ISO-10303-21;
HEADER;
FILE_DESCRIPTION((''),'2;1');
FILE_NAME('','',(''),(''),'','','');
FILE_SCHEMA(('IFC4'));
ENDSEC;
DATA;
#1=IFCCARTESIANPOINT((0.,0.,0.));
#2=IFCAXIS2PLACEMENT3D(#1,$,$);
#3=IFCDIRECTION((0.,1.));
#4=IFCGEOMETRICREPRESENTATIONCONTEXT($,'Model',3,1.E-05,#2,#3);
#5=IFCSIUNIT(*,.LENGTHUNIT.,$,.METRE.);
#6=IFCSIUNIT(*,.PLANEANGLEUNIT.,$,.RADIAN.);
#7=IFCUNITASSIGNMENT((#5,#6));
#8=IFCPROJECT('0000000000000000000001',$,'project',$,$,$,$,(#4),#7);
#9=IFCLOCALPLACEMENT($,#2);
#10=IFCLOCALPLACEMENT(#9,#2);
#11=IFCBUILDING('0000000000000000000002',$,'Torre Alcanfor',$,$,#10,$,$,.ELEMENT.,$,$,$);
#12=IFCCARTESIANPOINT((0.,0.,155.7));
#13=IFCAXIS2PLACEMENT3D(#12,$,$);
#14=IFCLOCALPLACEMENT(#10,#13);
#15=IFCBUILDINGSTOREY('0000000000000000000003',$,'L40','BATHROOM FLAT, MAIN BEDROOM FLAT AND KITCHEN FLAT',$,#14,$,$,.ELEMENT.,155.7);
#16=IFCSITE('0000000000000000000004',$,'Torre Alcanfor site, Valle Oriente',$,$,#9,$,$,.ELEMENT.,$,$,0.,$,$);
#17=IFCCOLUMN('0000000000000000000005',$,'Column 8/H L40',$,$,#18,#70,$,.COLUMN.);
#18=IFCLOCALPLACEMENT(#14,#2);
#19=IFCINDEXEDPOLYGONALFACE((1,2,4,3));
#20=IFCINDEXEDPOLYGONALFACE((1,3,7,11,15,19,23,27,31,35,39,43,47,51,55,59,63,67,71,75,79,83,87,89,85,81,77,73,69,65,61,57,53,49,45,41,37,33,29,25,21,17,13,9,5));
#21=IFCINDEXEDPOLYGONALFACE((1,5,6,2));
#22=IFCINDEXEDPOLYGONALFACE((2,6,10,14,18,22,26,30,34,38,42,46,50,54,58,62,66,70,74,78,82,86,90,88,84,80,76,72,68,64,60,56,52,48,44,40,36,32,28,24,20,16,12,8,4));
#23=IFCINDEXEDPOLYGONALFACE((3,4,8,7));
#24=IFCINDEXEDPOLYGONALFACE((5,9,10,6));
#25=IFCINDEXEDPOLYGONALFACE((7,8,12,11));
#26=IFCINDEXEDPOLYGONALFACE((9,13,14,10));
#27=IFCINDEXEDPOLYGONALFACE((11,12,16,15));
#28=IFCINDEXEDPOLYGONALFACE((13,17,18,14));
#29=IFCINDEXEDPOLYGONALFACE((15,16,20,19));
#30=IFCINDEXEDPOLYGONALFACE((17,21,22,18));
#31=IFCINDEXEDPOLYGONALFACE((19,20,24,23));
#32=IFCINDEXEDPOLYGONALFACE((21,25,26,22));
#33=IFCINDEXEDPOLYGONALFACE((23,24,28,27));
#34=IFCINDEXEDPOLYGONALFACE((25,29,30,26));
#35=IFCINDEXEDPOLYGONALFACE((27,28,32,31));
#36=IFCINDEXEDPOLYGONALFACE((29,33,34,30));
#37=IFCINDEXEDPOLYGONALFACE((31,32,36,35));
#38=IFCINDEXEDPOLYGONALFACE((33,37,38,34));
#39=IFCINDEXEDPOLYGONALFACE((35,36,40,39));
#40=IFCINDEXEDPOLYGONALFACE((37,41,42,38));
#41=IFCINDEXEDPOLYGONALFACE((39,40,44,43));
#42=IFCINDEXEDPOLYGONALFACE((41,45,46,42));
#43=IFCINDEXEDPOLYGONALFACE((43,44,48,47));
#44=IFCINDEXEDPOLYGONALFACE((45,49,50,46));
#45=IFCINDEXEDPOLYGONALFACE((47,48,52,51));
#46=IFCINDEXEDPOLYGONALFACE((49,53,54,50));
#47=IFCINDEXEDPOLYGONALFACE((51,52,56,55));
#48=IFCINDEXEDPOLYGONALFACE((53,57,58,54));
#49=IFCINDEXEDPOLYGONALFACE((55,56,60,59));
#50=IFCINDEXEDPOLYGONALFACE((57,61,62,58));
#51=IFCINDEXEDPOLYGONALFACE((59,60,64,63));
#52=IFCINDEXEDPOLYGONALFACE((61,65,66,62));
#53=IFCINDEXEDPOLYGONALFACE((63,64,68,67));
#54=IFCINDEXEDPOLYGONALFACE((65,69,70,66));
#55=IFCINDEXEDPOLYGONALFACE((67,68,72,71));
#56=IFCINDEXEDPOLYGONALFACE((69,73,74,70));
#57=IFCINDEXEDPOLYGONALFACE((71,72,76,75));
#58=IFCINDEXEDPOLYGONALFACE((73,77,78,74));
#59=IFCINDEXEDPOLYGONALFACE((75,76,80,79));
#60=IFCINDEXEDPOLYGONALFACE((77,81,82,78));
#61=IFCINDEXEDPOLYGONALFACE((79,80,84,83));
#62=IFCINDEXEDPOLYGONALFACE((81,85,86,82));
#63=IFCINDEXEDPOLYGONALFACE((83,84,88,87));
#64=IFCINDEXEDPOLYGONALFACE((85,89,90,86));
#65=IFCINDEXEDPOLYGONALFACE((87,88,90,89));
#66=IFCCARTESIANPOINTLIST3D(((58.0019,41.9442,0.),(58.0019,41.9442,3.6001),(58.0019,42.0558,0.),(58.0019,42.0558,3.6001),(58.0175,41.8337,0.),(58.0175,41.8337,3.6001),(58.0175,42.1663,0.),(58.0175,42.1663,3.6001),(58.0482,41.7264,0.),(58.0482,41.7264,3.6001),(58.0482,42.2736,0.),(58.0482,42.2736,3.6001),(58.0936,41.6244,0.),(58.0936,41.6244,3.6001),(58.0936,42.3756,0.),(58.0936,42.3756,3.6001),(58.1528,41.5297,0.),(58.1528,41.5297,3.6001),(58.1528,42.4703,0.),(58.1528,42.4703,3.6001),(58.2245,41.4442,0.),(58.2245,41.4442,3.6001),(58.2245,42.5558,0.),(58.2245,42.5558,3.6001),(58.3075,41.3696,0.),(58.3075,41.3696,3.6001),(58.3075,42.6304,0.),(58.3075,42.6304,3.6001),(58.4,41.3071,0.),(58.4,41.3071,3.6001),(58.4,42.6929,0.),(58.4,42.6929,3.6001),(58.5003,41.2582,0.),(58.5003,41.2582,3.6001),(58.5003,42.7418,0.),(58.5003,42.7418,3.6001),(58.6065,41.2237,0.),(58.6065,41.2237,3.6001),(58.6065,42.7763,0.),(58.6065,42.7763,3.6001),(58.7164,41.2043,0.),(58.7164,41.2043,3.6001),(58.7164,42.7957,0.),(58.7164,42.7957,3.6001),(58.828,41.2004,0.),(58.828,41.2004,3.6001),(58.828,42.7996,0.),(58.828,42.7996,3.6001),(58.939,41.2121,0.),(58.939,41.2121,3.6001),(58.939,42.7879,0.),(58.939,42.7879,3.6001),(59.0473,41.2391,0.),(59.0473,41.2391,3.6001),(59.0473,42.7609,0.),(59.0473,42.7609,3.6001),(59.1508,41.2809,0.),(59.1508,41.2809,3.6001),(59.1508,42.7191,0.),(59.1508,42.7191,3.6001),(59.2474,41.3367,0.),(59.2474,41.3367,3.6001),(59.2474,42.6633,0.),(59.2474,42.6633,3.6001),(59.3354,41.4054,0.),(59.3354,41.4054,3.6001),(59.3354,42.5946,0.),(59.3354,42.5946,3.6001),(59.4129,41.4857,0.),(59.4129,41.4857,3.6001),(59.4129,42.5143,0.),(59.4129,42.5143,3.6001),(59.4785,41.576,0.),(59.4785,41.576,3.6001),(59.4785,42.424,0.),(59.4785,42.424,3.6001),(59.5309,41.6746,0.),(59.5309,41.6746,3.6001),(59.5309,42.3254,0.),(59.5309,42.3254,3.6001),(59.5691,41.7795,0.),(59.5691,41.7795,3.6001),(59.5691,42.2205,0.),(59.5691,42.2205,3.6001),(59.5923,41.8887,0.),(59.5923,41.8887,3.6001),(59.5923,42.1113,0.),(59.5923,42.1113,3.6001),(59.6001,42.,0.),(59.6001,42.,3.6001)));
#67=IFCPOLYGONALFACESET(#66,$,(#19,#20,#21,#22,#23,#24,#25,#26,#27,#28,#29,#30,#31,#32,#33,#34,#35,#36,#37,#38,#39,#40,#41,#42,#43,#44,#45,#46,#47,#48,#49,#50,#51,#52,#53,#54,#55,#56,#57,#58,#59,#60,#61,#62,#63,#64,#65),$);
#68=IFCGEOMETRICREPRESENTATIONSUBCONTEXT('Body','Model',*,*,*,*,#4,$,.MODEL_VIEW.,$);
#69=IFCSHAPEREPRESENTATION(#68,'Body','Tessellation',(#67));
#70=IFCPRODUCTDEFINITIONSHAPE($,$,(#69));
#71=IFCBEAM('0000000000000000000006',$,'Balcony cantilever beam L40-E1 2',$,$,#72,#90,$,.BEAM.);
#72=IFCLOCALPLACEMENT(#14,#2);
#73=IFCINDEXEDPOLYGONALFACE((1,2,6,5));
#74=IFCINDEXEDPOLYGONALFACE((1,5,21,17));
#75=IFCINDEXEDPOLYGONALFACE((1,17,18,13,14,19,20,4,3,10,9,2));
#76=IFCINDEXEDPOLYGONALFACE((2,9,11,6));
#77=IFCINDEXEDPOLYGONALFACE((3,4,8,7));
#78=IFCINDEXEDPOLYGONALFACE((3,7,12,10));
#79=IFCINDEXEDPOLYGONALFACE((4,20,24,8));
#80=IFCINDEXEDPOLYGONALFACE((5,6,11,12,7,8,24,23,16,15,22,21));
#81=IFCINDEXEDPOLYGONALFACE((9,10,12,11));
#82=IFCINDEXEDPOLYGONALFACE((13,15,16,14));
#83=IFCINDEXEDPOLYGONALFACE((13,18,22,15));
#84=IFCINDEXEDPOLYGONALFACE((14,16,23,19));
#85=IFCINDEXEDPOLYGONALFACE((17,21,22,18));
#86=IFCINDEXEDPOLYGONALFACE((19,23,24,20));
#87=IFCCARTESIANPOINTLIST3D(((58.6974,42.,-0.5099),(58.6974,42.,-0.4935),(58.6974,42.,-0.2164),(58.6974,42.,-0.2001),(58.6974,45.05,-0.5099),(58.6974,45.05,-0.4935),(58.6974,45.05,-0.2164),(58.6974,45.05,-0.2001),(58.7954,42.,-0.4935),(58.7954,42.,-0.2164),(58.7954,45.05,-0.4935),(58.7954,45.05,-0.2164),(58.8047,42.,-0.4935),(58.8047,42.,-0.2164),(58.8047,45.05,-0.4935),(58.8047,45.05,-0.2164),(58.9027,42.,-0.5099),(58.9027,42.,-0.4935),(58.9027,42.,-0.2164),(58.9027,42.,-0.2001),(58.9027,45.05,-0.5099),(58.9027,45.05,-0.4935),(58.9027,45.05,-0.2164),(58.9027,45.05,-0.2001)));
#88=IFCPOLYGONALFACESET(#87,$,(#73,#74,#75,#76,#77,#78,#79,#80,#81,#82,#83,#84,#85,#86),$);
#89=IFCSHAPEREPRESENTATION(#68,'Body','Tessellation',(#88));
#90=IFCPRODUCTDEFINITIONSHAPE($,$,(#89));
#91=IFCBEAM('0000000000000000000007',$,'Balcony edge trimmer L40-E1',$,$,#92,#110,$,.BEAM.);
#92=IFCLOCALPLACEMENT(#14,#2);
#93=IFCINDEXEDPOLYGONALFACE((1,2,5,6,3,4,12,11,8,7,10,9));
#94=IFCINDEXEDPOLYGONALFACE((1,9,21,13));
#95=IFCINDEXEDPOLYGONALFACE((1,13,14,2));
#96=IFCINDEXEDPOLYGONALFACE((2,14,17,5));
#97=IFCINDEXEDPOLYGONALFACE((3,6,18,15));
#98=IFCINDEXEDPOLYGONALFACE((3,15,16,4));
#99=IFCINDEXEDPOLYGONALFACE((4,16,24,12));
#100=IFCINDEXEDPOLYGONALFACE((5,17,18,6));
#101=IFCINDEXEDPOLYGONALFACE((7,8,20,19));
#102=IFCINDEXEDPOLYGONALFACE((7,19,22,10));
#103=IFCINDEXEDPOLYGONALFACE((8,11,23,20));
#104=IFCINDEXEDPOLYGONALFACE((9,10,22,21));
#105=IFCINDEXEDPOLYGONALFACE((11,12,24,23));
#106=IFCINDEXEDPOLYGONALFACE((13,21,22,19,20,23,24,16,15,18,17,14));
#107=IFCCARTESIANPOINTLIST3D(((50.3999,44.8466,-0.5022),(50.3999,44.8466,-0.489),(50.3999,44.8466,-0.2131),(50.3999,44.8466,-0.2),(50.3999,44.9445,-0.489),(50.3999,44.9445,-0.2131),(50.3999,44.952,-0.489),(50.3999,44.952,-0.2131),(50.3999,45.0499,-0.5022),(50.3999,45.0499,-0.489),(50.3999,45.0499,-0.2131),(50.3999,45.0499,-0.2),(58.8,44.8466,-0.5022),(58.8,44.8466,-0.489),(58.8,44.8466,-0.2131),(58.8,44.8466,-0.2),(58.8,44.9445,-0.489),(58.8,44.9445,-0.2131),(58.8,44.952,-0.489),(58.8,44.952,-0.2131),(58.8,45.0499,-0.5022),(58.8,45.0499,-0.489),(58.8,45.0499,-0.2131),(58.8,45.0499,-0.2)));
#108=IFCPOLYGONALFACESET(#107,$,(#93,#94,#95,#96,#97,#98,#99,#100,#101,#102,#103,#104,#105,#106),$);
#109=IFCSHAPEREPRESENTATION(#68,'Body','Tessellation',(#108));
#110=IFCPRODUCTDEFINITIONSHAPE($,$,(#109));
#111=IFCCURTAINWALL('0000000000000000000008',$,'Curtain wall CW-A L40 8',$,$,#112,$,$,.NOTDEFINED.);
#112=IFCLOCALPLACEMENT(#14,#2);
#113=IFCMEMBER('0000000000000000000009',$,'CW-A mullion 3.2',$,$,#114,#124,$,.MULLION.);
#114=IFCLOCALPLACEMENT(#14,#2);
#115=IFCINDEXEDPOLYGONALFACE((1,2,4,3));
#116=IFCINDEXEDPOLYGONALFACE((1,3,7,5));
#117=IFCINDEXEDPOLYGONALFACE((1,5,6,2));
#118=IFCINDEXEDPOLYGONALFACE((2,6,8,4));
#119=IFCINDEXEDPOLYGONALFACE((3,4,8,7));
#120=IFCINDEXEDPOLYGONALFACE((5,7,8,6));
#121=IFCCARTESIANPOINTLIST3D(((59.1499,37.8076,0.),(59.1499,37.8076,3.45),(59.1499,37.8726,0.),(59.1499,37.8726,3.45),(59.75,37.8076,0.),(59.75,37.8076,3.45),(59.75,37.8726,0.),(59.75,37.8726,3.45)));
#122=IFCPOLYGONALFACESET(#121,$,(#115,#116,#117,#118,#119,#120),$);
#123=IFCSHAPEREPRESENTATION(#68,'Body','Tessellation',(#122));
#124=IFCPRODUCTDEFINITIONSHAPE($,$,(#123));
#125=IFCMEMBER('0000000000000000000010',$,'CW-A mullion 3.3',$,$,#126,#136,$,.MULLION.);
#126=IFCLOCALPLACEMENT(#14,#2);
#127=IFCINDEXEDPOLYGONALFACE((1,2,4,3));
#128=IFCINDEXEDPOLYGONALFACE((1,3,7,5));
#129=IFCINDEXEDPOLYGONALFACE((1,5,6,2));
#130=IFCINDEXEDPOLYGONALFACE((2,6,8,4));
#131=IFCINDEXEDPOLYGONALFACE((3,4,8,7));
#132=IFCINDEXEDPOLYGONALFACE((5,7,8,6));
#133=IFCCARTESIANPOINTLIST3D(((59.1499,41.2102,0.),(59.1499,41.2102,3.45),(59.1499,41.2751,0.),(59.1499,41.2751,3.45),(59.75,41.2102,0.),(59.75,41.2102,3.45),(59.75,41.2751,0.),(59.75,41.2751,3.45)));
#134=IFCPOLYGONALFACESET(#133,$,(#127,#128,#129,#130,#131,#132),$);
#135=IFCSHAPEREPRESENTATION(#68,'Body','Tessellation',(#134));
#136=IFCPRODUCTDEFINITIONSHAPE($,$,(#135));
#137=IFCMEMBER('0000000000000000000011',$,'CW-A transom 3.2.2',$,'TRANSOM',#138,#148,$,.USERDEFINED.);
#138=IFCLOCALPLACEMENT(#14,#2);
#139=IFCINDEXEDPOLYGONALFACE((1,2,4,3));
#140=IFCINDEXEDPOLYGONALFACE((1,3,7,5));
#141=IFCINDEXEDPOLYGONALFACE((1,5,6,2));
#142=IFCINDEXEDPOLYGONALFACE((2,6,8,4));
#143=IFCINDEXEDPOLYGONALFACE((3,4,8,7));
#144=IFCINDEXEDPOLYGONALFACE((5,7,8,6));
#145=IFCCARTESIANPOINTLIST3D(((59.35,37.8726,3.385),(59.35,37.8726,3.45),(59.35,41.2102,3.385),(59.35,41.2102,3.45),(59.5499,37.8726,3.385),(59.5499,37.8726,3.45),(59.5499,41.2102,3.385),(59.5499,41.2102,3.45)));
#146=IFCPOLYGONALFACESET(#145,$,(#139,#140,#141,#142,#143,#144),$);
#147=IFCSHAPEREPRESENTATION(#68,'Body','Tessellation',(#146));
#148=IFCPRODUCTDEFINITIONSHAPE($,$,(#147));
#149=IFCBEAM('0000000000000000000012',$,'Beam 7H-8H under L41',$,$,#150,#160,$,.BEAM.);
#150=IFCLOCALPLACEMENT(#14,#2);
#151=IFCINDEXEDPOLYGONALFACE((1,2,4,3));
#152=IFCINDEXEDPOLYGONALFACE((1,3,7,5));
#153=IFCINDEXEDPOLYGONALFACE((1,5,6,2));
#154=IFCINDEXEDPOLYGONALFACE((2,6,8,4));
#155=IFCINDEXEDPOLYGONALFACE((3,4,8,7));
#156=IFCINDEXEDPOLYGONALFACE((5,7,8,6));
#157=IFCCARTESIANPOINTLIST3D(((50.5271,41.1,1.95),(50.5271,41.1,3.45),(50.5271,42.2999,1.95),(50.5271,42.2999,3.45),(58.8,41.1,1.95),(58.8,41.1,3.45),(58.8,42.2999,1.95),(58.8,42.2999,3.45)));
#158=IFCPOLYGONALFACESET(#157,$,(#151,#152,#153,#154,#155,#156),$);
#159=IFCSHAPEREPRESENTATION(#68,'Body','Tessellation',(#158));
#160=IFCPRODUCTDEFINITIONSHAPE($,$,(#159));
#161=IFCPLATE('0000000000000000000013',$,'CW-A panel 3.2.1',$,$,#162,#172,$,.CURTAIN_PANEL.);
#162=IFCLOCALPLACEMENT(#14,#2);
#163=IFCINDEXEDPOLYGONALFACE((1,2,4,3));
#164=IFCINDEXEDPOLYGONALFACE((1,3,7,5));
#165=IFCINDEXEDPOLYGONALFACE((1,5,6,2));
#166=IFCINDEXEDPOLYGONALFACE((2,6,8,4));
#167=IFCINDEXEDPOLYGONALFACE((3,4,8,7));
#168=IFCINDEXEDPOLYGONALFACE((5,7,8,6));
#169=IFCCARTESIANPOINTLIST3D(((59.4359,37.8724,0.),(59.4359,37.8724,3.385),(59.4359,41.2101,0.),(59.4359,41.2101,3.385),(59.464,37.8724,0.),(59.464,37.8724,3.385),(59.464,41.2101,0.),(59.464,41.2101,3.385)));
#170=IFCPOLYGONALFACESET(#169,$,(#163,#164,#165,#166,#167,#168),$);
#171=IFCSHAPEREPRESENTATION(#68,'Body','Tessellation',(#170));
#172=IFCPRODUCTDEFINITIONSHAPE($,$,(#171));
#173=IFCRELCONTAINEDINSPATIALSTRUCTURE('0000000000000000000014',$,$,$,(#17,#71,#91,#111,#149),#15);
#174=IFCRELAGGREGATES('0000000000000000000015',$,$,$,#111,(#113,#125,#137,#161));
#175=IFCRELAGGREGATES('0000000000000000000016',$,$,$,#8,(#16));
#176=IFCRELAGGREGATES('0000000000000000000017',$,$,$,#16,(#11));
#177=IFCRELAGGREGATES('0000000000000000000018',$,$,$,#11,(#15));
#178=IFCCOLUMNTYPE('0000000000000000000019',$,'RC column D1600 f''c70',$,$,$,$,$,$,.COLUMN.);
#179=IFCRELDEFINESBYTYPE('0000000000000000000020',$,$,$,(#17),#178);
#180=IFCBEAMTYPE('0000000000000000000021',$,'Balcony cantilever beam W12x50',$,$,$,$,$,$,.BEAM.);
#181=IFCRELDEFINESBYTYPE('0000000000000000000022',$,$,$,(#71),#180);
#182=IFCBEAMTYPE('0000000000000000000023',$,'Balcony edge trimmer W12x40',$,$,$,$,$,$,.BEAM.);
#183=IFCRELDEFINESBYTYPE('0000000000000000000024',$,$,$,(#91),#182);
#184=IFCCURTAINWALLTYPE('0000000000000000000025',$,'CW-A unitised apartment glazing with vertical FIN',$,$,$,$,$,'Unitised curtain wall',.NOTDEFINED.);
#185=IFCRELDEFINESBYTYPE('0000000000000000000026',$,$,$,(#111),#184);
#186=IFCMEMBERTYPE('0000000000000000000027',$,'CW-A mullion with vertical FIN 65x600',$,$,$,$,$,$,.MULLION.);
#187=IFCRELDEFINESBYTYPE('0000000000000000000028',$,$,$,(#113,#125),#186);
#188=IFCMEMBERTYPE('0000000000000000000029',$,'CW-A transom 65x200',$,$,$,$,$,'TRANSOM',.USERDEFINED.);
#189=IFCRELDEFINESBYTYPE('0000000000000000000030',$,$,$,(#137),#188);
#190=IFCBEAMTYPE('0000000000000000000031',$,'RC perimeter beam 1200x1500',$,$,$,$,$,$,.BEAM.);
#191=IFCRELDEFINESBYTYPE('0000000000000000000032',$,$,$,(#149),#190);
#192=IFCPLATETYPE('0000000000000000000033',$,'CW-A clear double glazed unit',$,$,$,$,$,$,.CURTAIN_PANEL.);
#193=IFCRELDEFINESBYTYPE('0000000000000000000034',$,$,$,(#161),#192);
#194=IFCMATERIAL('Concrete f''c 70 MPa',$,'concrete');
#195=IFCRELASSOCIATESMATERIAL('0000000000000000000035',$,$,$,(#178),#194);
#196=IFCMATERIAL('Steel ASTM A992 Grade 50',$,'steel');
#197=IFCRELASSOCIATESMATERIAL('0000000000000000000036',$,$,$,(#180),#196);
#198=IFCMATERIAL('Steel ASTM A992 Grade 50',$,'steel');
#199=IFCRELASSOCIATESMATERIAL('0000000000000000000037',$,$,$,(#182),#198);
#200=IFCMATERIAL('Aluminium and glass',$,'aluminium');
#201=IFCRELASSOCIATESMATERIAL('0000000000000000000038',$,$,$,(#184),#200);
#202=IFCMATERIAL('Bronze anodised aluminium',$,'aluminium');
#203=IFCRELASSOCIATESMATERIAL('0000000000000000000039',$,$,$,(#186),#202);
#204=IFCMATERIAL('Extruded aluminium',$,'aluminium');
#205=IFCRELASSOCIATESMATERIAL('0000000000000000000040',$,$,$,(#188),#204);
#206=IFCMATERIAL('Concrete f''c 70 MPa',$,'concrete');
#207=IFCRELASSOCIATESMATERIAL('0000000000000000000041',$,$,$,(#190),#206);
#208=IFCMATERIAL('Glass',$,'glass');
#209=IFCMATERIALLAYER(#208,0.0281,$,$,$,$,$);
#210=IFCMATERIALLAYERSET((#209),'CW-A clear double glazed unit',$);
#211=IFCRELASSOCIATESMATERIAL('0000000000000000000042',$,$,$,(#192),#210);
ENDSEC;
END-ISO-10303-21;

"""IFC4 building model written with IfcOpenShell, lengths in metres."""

from ifc_helpers import new_model, si_unit, direction, frame, origin, origin_2d, place, context, subcontext, project, spatial, rectangle, circle, i_section, extrude, material, layer, layer_set, material_profile, profile_set, type_object, element, aggregate, save


model = new_model("IFC4")

# Units and contexts
model_context = context("Model", 3, precision=1e-05, world=origin(), true_north=direction((0.0, 1.0)))
body_context = subcontext(model_context, "Body", "Model", "MODEL_VIEW")
ifc_project = project(units=[si_unit("LENGTHUNIT", "METRE"), si_unit("PLANEANGLEUNIT", "RADIAN")], contexts=[model_context])

# Site, building, storey
site_placement = place(None, origin())
site = spatial("IfcSite", under=ifc_project, at=site_placement, Name="Torre Alcanfor site, Valle Oriente", CompositionType="ELEMENT", RefElevation=0.0)
building_placement = place(site_placement, origin())
building = spatial("IfcBuilding", under=site, at=building_placement, Name="Torre Alcanfor", CompositionType="ELEMENT")
storey_placement = place(building_placement, frame((0.0, 0.0, 155.7)))
storey = spatial("IfcBuildingStorey", under=building, at=storey_placement, Name="L40", Description="BATHROOM FLAT, MAIN BEDROOM FLAT AND KITCHEN FLAT", CompositionType="ELEMENT", Elevation=155.7)

# Column
ifc_material_1 = material(Name="Concrete f'c 70 MPa", Category="concrete")
ifc_material_profile_1 = material_profile(ifc_material_1, circle(Radius=0.8, at=origin_2d()), Name="D1600")
ifc_profile_set_1 = profile_set([ifc_material_profile_1], Name="Concrete f'c 70 MPa")
column_type = type_object("IfcColumnType", Name="RC column D1600 f'c70", PredefinedType="COLUMN", material=ifc_profile_set_1)
column_placement = place(storey_placement, frame((58.8, 42.0, 0.0), z_axis=(0.0, 0.0, 1.0), x_axis=(1.0, 0.0, 0.0)))
element("IfcColumn", 1, at=column_placement, inside=storey, type_object=column_type, Name="Column 8/H L40", PredefinedType="COLUMN", context=body_context, shape_type="SweptSolid", body=[
    extrude(circle(Radius=0.8, at=origin_2d()), origin(), (0.0, 0.0, 1.0), 3.6001),
])

# Beams
ifc_material_2 = material(Name="Steel ASTM A992 Grade 50", Category="steel")
ifc_material_profile_2 = material_profile(ifc_material_2, i_section(OverallWidth=0.2053, OverallDepth=0.3098, WebThickness=0.0093, FlangeThickness=0.0164, at=origin_2d()), Name="W12x50")
ifc_profile_set_2 = profile_set([ifc_material_profile_2], Name="Steel ASTM A992 Grade 50")
beam_type_1 = type_object("IfcBeamType", Name="Balcony cantilever beam W12x50", PredefinedType="BEAM", material=ifc_profile_set_2)
beam_1_placement = place(storey_placement, frame((58.8, 42.0, -0.355), z_axis=(0.0, 1.0, 0.0), x_axis=(-1.0, 0.0, 0.0)))
element("IfcBeam", 2, at=beam_1_placement, inside=storey, type_object=beam_type_1, Name="Balcony cantilever beam L40-E1 2", PredefinedType="BEAM", context=body_context, shape_type="SweptSolid", body=[
    extrude(i_section(OverallWidth=0.2053, OverallDepth=0.3098, WebThickness=0.0093, FlangeThickness=0.0164, at=origin_2d()), origin(), (0.0, 0.0, 1.0), 3.05),
])
ifc_material_3 = material(Name="Steel ASTM A992 Grade 50", Category="steel")
ifc_material_profile_3 = material_profile(ifc_material_3, i_section(OverallWidth=0.2034, OverallDepth=0.3022, WebThickness=0.0076, FlangeThickness=0.0132, at=origin_2d()), Name="W12x40")
ifc_profile_set_3 = profile_set([ifc_material_profile_3], Name="Steel ASTM A992 Grade 50")
beam_type_2 = type_object("IfcBeamType", Name="Balcony edge trimmer W12x40", PredefinedType="BEAM", material=ifc_profile_set_3)
beam_2_placement = place(storey_placement, frame((50.3999, 44.9482, -0.3511), z_axis=(1.0, 0.0, 0.0), x_axis=(0.0, 1.0, 0.0)))
element("IfcBeam", 3, at=beam_2_placement, inside=storey, type_object=beam_type_2, Name="Balcony edge trimmer L40-E1", PredefinedType="BEAM", context=body_context, shape_type="SweptSolid", body=[
    extrude(i_section(OverallWidth=0.2034, OverallDepth=0.3022, WebThickness=0.0076, FlangeThickness=0.0132, at=origin_2d()), origin(), (0.0, 0.0, 1.0), 8.4001),
])

# Curtain wall, members
ifc_material_4 = material(Name="Aluminium and glass", Category="aluminium")
curtain_wall_type = type_object("IfcCurtainWallType", Name="CW-A unitised apartment glazing with vertical FIN", ElementType="Unitised curtain wall", PredefinedType="NOTDEFINED", material=ifc_material_4)
curtain_wall_placement = place(storey_placement, origin())
curtain_wall = element("IfcCurtainWall", 4, at=curtain_wall_placement, inside=storey, type_object=curtain_wall_type, Name="Curtain wall CW-A L40 8", PredefinedType="NOTDEFINED")
ifc_material_5 = material(Name="Bronze anodised aluminium", Category="aluminium")
ifc_material_profile_4 = material_profile(ifc_material_5, rectangle(XDim=0.6001, YDim=0.0649, at=origin_2d()), Name="CW-A mullion 65x600")
ifc_profile_set_4 = profile_set([ifc_material_profile_4], Name="Bronze anodised aluminium")
member_type_1 = type_object("IfcMemberType", Name="CW-A mullion with vertical FIN 65x600", PredefinedType="MULLION", material=ifc_profile_set_4)
member_1_placement = place(storey_placement, frame((59.45, 37.8401, 0.0), z_axis=(0.0, 0.0, 1.0), x_axis=(-1.0, 0.0, 0.0)))
member_1 = element("IfcMember", 5, at=member_1_placement, type_object=member_type_1, Name="CW-A mullion 3.2", PredefinedType="MULLION", context=body_context, shape_type="SweptSolid", body=[
    extrude(rectangle(XDim=0.6001, YDim=0.0649, at=origin_2d()), origin(), (0.0, 0.0, 1.0), 3.45),
])
member_2_placement = place(storey_placement, frame((59.45, 41.2427, 0.0), z_axis=(0.0, 0.0, 1.0), x_axis=(-1.0, 0.0, 0.0)))
member_2 = element("IfcMember", 6, at=member_2_placement, type_object=member_type_1, Name="CW-A mullion 3.3", PredefinedType="MULLION", context=body_context, shape_type="SweptSolid", body=[
    extrude(rectangle(XDim=0.6001, YDim=0.0649, at=origin_2d()), origin(), (0.0, 0.0, 1.0), 3.45),
])
ifc_material_6 = material(Name="Extruded aluminium", Category="aluminium")
ifc_material_profile_5 = material_profile(ifc_material_6, rectangle(XDim=0.2, YDim=0.0649, at=origin_2d()), Name="CW-A transom 200x65")
ifc_profile_set_5 = profile_set([ifc_material_profile_5], Name="Extruded aluminium")
member_type_2 = type_object("IfcMemberType", Name="CW-A transom 65x200", ElementType="TRANSOM", PredefinedType="USERDEFINED", material=ifc_profile_set_5)
member_3_placement = place(storey_placement, frame((59.45, 37.8726, 3.4175), z_axis=(0.0, 1.0, 0.0), x_axis=(-1.0, 0.0, 0.0)))
member_3 = element("IfcMember", 7, at=member_3_placement, type_object=member_type_2, Name="CW-A transom 3.2.2", ObjectType="TRANSOM", PredefinedType="USERDEFINED", context=body_context, shape_type="SweptSolid", body=[
    extrude(rectangle(XDim=0.2, YDim=0.0649, at=origin_2d()), origin(), (0.0, 0.0, 1.0), 3.3376),
])

# Beam
ifc_material_7 = material(Name="Concrete f'c 70 MPa", Category="concrete")
ifc_material_profile_6 = material_profile(ifc_material_7, rectangle(XDim=1.2, YDim=1.5, at=origin_2d()), Name="1200x1500")
ifc_profile_set_6 = profile_set([ifc_material_profile_6], Name="Concrete f'c 70 MPa")
beam_type_3 = type_object("IfcBeamType", Name="RC perimeter beam 1200x1500", PredefinedType="BEAM", material=ifc_profile_set_6)
beam_3_placement = place(storey_placement, frame((50.5271, 41.7, 2.7), z_axis=(1.0, 0.0, 0.0), x_axis=(0.0, 1.0, 0.0)))
element("IfcBeam", 8, at=beam_3_placement, inside=storey, type_object=beam_type_3, Name="Beam 7H-8H under L41", PredefinedType="BEAM", context=body_context, shape_type="SweptSolid", body=[
    extrude(rectangle(XDim=1.2, YDim=1.5, at=origin_2d()), origin(), (0.0, 0.0, 1.0), 8.2729),
])

# Plate
ifc_material_8 = material(Name="Glass", Category="glass")
ifc_layer_1 = layer(ifc_material_8, 0.0281)
ifc_layer_set_1 = layer_set([ifc_layer_1], Name="CW-A clear double glazed unit")
plate_type = type_object("IfcPlateType", Name="CW-A clear double glazed unit", PredefinedType="CURTAIN_PANEL", material=ifc_layer_set_1)
plate_placement = place(storey_placement, frame((59.45, 39.5413, 0.0), z_axis=(0.0, 0.0, 1.0), x_axis=(0.0, 1.0, 0.0)))
plate = element("IfcPlate", 9, at=plate_placement, type_object=plate_type, Name="CW-A panel 3.2.1", PredefinedType="CURTAIN_PANEL", context=body_context, shape_type="SweptSolid", body=[
    extrude(rectangle(XDim=3.3376, YDim=0.0281, at=origin_2d()), origin(), (0.0, 0.0, 1.0), 3.385),
])
aggregate(curtain_wall, [member_1, member_2, member_3, plate])

save(model, "model.ifc")
